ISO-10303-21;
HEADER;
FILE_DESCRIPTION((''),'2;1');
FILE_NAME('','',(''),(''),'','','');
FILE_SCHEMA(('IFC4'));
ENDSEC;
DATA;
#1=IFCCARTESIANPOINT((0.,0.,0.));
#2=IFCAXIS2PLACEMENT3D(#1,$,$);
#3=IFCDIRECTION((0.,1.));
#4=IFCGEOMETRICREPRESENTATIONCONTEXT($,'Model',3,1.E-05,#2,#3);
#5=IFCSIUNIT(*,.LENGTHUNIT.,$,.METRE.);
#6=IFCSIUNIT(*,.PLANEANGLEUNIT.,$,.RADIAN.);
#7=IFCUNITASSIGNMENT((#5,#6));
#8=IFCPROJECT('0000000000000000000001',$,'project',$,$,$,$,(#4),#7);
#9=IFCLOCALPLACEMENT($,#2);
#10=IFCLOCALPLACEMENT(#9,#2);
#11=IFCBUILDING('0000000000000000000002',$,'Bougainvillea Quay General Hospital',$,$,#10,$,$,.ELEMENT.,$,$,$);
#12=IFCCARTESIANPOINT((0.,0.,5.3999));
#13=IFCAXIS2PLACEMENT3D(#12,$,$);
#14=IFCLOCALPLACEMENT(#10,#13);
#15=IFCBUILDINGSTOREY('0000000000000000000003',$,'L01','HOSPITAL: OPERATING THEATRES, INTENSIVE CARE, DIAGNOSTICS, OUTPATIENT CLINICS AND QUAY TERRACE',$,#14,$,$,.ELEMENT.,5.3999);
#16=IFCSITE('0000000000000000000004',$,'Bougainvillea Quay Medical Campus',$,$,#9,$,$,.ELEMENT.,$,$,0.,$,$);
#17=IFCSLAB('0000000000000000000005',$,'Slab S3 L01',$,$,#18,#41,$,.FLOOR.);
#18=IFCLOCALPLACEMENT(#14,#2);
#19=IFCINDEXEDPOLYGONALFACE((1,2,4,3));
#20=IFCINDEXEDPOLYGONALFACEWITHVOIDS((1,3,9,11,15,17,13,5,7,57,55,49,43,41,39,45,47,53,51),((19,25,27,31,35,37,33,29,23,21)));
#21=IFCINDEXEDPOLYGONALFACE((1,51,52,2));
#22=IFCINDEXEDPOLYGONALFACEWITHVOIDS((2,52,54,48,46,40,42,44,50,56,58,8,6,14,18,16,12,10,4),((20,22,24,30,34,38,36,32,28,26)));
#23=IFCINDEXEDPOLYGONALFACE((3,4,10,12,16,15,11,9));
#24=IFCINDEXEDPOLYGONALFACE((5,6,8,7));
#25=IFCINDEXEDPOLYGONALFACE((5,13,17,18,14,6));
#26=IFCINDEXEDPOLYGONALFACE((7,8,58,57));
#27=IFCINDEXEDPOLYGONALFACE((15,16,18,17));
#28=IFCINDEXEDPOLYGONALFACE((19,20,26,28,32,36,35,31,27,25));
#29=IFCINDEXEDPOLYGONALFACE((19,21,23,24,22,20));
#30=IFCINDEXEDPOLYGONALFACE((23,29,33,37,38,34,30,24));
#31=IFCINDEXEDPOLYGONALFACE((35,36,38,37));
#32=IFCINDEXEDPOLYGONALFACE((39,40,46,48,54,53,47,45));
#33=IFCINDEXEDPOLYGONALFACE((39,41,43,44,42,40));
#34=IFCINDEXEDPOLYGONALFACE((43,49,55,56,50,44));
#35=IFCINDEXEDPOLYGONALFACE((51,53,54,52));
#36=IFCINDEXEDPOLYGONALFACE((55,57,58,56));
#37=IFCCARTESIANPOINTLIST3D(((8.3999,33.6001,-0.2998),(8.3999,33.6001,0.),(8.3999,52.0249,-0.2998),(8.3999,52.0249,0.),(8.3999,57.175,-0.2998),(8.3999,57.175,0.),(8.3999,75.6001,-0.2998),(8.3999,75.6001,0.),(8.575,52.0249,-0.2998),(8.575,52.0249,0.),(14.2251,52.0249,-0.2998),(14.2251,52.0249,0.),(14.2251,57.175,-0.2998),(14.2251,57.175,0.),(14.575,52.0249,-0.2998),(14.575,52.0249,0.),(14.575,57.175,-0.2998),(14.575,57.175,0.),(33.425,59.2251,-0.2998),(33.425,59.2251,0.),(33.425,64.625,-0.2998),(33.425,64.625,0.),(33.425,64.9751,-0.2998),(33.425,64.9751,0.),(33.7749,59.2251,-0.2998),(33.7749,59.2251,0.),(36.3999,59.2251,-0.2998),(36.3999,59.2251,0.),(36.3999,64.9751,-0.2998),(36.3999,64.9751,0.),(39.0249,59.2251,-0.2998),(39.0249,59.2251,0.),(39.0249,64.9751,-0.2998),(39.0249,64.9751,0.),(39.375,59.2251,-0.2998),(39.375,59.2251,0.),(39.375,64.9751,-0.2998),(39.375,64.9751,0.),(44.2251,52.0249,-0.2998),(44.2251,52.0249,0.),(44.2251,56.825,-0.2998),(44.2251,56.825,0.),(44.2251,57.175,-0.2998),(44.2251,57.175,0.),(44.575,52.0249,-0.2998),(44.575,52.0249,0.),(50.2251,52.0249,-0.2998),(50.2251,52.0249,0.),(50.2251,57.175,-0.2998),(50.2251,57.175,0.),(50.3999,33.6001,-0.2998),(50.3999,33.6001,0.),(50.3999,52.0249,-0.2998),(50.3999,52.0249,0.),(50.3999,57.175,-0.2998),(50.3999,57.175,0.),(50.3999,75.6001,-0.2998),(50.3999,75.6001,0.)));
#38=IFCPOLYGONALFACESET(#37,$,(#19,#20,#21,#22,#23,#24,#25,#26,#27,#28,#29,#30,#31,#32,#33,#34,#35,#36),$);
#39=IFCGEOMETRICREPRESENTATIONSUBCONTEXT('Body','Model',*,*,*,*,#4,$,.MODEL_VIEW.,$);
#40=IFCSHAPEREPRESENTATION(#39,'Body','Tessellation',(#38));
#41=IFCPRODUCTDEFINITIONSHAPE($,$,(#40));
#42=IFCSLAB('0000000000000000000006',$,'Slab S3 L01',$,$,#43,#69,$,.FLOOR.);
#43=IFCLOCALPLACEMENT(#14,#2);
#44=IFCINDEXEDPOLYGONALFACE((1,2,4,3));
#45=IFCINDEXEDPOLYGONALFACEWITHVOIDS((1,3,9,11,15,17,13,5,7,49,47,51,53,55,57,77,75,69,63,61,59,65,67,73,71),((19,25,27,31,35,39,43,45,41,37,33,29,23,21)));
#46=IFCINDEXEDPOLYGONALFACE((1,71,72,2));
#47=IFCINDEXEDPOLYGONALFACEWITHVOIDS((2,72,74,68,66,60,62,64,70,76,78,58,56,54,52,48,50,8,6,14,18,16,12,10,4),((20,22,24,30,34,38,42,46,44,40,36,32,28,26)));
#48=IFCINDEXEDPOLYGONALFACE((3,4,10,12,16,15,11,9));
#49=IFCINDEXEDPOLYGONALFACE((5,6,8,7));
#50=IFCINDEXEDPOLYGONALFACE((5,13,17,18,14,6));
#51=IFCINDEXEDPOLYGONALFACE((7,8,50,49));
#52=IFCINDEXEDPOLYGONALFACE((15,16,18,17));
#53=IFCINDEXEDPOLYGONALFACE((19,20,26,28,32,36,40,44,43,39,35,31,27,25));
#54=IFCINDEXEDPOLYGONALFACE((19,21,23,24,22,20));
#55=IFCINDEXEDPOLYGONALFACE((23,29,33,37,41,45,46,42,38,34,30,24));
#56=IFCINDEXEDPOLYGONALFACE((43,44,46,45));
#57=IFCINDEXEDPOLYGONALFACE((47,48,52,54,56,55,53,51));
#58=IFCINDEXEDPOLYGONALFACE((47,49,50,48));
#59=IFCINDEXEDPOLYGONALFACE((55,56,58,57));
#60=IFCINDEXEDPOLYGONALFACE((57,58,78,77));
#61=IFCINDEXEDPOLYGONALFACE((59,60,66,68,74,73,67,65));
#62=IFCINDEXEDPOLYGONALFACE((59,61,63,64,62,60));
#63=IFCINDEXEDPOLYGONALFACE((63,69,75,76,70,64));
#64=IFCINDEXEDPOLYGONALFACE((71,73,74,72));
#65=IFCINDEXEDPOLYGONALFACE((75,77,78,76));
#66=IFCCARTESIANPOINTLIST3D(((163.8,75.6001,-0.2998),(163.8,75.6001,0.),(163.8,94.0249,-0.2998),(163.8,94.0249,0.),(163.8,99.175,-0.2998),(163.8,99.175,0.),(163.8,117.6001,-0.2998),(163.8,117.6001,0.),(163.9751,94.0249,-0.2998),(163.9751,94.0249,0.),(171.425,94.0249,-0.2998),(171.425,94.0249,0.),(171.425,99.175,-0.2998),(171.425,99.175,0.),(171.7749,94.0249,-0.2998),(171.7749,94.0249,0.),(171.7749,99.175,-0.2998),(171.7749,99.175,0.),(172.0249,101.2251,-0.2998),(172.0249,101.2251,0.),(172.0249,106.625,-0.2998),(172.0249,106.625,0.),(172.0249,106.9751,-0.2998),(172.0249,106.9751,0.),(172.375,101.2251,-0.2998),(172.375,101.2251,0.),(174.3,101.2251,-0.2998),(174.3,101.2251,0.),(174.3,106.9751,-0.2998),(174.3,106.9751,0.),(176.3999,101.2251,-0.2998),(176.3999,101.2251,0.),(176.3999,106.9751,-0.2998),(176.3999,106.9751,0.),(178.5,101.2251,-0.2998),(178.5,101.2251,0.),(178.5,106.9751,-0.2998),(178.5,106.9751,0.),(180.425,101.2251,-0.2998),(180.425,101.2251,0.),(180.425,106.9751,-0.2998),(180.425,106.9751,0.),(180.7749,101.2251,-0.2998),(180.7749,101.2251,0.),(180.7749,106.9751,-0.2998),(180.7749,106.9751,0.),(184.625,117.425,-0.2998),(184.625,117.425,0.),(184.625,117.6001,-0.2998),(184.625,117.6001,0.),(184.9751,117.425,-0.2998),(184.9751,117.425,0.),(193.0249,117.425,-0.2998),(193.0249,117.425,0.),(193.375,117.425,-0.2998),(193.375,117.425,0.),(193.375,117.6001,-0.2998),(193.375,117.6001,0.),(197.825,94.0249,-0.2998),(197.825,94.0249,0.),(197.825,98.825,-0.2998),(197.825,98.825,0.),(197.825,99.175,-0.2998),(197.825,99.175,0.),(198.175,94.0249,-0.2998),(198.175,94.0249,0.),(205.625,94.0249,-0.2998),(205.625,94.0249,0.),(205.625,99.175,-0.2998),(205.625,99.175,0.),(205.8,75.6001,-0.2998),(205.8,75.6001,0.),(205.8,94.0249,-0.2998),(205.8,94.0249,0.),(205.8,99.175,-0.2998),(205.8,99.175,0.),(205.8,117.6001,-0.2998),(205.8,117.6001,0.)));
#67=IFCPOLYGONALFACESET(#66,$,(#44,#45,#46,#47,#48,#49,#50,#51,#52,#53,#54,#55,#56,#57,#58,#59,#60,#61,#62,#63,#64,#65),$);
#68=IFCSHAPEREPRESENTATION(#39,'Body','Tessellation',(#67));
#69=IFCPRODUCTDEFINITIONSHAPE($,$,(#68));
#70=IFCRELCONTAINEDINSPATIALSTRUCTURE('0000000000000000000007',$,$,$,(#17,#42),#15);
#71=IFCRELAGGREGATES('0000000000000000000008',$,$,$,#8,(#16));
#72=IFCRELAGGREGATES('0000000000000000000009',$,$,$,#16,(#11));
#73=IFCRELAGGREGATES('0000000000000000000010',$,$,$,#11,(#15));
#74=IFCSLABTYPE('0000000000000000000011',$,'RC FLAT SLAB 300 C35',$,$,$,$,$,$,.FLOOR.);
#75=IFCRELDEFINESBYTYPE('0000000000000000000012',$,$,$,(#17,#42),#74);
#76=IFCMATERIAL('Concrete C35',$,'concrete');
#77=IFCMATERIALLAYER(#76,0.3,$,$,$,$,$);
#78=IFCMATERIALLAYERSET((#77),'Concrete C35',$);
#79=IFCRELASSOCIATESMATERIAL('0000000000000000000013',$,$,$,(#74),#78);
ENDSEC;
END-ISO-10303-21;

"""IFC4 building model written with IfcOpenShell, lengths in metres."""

from ifc_helpers import new_model, si_unit, direction, frame, origin, place, context, subcontext, project, spatial, polyline, outline, extrude, material, layer, layer_set, type_object, element, save


model = new_model("IFC4")

# Units and contexts
model_context = context("Model", 3, precision=1e-05, world=origin(), true_north=direction((0.0, 1.0)))
body_context = subcontext(model_context, "Body", "Model", "MODEL_VIEW")
ifc_project = project(units=[si_unit("LENGTHUNIT", "METRE"), si_unit("PLANEANGLEUNIT", "RADIAN")], contexts=[model_context])

# Site, building, storey
site_placement = place(None, origin())
site = spatial("IfcSite", under=ifc_project, at=site_placement, Name="Bougainvillea Quay Medical Campus", CompositionType="ELEMENT", RefElevation=0.0)
building_placement = place(site_placement, origin())
building = spatial("IfcBuilding", under=site, at=building_placement, Name="Bougainvillea Quay General Hospital", CompositionType="ELEMENT")
storey_placement = place(building_placement, frame((0.0, 0.0, 5.3999)))
storey = spatial("IfcBuildingStorey", under=building, at=storey_placement, Name="L01", Description="HOSPITAL: OPERATING THEATRES, INTENSIVE CARE, DIAGNOSTICS, OUTPATIENT CLINICS AND QUAY TERRACE", CompositionType="ELEMENT", Elevation=5.3999)

# Slabs
ifc_material_1 = material(Name="Concrete C35", Category="concrete")
ifc_layer_1 = layer(ifc_material_1, 0.3)
ifc_layer_set_1 = layer_set([ifc_layer_1], Name="Concrete C35")
slab_type_1 = type_object("IfcSlabType", Name="RC FLAT SLAB 300 C35", PredefinedType="FLOOR", material=ifc_layer_set_1)
slab_1_placement = place(storey_placement, frame((0.0, 0.0, -0.2998)))
element("IfcSlab", 1, at=slab_1_placement, inside=storey, type_object=slab_type_1, Name="Slab S3 L01", PredefinedType="FLOOR", context=body_context, shape_type="SweptSolid", body=[
    extrude(outline(polyline([(50.3999, 57.175), (50.3999, 75.6001), (8.3999, 75.6001), (8.3999, 57.175), (14.2251, 57.175), (14.575, 57.175), (14.575, 52.0249), (14.2251, 52.0249), (8.575, 52.0249), (8.3999, 52.0249), (8.3999, 33.6001), (50.3999, 33.6001), (50.3999, 52.0249), (50.2251, 52.0249), (44.575, 52.0249), (44.2251, 52.0249), (44.2251, 56.825), (44.2251, 57.175), (50.2251, 57.175), (50.3999, 57.175)]), holes=[polyline([(39.0249, 59.2251), (36.3999, 59.2251), (33.7749, 59.2251), (33.425, 59.2251), (33.425, 64.625), (33.425, 64.9751), (36.3999, 64.9751), (39.0249, 64.9751), (39.375, 64.9751), (39.375, 59.2251), (39.0249, 59.2251)])]), origin(), (0.0, 0.0, 1.0), 0.2998),
])
slab_2_placement = place(storey_placement, frame((0.0, 0.0, -0.2998)))
element("IfcSlab", 2, at=slab_2_placement, inside=storey, type_object=slab_type_1, Name="Slab S3 L01", PredefinedType="FLOOR", context=body_context, shape_type="SweptSolid", body=[
    extrude(outline(polyline([(184.625, 117.6001), (163.8, 117.6001), (163.8, 99.175), (171.425, 99.175), (171.7749, 99.175), (171.7749, 94.0249), (171.425, 94.0249), (163.9751, 94.0249), (163.8, 94.0249), (163.8, 75.6001), (205.8, 75.6001), (205.8, 94.0249), (205.625, 94.0249), (198.175, 94.0249), (197.825, 94.0249), (197.825, 98.825), (197.825, 99.175), (205.625, 99.175), (205.8, 99.175), (205.8, 117.6001), (193.375, 117.6001), (193.375, 117.425), (193.0249, 117.425), (184.9751, 117.425), (184.625, 117.425), (184.625, 117.6001)]), holes=[polyline([(180.425, 101.2251), (178.5, 101.2251), (176.3999, 101.2251), (174.3, 101.2251), (172.375, 101.2251), (172.0249, 101.2251), (172.0249, 106.625), (172.0249, 106.9751), (174.3, 106.9751), (176.3999, 106.9751), (178.5, 106.9751), (180.425, 106.9751), (180.7749, 106.9751), (180.7749, 101.2251), (180.425, 101.2251)])]), origin(), (0.0, 0.0, 1.0), 0.2998),
])

save(model, "model.ifc")
